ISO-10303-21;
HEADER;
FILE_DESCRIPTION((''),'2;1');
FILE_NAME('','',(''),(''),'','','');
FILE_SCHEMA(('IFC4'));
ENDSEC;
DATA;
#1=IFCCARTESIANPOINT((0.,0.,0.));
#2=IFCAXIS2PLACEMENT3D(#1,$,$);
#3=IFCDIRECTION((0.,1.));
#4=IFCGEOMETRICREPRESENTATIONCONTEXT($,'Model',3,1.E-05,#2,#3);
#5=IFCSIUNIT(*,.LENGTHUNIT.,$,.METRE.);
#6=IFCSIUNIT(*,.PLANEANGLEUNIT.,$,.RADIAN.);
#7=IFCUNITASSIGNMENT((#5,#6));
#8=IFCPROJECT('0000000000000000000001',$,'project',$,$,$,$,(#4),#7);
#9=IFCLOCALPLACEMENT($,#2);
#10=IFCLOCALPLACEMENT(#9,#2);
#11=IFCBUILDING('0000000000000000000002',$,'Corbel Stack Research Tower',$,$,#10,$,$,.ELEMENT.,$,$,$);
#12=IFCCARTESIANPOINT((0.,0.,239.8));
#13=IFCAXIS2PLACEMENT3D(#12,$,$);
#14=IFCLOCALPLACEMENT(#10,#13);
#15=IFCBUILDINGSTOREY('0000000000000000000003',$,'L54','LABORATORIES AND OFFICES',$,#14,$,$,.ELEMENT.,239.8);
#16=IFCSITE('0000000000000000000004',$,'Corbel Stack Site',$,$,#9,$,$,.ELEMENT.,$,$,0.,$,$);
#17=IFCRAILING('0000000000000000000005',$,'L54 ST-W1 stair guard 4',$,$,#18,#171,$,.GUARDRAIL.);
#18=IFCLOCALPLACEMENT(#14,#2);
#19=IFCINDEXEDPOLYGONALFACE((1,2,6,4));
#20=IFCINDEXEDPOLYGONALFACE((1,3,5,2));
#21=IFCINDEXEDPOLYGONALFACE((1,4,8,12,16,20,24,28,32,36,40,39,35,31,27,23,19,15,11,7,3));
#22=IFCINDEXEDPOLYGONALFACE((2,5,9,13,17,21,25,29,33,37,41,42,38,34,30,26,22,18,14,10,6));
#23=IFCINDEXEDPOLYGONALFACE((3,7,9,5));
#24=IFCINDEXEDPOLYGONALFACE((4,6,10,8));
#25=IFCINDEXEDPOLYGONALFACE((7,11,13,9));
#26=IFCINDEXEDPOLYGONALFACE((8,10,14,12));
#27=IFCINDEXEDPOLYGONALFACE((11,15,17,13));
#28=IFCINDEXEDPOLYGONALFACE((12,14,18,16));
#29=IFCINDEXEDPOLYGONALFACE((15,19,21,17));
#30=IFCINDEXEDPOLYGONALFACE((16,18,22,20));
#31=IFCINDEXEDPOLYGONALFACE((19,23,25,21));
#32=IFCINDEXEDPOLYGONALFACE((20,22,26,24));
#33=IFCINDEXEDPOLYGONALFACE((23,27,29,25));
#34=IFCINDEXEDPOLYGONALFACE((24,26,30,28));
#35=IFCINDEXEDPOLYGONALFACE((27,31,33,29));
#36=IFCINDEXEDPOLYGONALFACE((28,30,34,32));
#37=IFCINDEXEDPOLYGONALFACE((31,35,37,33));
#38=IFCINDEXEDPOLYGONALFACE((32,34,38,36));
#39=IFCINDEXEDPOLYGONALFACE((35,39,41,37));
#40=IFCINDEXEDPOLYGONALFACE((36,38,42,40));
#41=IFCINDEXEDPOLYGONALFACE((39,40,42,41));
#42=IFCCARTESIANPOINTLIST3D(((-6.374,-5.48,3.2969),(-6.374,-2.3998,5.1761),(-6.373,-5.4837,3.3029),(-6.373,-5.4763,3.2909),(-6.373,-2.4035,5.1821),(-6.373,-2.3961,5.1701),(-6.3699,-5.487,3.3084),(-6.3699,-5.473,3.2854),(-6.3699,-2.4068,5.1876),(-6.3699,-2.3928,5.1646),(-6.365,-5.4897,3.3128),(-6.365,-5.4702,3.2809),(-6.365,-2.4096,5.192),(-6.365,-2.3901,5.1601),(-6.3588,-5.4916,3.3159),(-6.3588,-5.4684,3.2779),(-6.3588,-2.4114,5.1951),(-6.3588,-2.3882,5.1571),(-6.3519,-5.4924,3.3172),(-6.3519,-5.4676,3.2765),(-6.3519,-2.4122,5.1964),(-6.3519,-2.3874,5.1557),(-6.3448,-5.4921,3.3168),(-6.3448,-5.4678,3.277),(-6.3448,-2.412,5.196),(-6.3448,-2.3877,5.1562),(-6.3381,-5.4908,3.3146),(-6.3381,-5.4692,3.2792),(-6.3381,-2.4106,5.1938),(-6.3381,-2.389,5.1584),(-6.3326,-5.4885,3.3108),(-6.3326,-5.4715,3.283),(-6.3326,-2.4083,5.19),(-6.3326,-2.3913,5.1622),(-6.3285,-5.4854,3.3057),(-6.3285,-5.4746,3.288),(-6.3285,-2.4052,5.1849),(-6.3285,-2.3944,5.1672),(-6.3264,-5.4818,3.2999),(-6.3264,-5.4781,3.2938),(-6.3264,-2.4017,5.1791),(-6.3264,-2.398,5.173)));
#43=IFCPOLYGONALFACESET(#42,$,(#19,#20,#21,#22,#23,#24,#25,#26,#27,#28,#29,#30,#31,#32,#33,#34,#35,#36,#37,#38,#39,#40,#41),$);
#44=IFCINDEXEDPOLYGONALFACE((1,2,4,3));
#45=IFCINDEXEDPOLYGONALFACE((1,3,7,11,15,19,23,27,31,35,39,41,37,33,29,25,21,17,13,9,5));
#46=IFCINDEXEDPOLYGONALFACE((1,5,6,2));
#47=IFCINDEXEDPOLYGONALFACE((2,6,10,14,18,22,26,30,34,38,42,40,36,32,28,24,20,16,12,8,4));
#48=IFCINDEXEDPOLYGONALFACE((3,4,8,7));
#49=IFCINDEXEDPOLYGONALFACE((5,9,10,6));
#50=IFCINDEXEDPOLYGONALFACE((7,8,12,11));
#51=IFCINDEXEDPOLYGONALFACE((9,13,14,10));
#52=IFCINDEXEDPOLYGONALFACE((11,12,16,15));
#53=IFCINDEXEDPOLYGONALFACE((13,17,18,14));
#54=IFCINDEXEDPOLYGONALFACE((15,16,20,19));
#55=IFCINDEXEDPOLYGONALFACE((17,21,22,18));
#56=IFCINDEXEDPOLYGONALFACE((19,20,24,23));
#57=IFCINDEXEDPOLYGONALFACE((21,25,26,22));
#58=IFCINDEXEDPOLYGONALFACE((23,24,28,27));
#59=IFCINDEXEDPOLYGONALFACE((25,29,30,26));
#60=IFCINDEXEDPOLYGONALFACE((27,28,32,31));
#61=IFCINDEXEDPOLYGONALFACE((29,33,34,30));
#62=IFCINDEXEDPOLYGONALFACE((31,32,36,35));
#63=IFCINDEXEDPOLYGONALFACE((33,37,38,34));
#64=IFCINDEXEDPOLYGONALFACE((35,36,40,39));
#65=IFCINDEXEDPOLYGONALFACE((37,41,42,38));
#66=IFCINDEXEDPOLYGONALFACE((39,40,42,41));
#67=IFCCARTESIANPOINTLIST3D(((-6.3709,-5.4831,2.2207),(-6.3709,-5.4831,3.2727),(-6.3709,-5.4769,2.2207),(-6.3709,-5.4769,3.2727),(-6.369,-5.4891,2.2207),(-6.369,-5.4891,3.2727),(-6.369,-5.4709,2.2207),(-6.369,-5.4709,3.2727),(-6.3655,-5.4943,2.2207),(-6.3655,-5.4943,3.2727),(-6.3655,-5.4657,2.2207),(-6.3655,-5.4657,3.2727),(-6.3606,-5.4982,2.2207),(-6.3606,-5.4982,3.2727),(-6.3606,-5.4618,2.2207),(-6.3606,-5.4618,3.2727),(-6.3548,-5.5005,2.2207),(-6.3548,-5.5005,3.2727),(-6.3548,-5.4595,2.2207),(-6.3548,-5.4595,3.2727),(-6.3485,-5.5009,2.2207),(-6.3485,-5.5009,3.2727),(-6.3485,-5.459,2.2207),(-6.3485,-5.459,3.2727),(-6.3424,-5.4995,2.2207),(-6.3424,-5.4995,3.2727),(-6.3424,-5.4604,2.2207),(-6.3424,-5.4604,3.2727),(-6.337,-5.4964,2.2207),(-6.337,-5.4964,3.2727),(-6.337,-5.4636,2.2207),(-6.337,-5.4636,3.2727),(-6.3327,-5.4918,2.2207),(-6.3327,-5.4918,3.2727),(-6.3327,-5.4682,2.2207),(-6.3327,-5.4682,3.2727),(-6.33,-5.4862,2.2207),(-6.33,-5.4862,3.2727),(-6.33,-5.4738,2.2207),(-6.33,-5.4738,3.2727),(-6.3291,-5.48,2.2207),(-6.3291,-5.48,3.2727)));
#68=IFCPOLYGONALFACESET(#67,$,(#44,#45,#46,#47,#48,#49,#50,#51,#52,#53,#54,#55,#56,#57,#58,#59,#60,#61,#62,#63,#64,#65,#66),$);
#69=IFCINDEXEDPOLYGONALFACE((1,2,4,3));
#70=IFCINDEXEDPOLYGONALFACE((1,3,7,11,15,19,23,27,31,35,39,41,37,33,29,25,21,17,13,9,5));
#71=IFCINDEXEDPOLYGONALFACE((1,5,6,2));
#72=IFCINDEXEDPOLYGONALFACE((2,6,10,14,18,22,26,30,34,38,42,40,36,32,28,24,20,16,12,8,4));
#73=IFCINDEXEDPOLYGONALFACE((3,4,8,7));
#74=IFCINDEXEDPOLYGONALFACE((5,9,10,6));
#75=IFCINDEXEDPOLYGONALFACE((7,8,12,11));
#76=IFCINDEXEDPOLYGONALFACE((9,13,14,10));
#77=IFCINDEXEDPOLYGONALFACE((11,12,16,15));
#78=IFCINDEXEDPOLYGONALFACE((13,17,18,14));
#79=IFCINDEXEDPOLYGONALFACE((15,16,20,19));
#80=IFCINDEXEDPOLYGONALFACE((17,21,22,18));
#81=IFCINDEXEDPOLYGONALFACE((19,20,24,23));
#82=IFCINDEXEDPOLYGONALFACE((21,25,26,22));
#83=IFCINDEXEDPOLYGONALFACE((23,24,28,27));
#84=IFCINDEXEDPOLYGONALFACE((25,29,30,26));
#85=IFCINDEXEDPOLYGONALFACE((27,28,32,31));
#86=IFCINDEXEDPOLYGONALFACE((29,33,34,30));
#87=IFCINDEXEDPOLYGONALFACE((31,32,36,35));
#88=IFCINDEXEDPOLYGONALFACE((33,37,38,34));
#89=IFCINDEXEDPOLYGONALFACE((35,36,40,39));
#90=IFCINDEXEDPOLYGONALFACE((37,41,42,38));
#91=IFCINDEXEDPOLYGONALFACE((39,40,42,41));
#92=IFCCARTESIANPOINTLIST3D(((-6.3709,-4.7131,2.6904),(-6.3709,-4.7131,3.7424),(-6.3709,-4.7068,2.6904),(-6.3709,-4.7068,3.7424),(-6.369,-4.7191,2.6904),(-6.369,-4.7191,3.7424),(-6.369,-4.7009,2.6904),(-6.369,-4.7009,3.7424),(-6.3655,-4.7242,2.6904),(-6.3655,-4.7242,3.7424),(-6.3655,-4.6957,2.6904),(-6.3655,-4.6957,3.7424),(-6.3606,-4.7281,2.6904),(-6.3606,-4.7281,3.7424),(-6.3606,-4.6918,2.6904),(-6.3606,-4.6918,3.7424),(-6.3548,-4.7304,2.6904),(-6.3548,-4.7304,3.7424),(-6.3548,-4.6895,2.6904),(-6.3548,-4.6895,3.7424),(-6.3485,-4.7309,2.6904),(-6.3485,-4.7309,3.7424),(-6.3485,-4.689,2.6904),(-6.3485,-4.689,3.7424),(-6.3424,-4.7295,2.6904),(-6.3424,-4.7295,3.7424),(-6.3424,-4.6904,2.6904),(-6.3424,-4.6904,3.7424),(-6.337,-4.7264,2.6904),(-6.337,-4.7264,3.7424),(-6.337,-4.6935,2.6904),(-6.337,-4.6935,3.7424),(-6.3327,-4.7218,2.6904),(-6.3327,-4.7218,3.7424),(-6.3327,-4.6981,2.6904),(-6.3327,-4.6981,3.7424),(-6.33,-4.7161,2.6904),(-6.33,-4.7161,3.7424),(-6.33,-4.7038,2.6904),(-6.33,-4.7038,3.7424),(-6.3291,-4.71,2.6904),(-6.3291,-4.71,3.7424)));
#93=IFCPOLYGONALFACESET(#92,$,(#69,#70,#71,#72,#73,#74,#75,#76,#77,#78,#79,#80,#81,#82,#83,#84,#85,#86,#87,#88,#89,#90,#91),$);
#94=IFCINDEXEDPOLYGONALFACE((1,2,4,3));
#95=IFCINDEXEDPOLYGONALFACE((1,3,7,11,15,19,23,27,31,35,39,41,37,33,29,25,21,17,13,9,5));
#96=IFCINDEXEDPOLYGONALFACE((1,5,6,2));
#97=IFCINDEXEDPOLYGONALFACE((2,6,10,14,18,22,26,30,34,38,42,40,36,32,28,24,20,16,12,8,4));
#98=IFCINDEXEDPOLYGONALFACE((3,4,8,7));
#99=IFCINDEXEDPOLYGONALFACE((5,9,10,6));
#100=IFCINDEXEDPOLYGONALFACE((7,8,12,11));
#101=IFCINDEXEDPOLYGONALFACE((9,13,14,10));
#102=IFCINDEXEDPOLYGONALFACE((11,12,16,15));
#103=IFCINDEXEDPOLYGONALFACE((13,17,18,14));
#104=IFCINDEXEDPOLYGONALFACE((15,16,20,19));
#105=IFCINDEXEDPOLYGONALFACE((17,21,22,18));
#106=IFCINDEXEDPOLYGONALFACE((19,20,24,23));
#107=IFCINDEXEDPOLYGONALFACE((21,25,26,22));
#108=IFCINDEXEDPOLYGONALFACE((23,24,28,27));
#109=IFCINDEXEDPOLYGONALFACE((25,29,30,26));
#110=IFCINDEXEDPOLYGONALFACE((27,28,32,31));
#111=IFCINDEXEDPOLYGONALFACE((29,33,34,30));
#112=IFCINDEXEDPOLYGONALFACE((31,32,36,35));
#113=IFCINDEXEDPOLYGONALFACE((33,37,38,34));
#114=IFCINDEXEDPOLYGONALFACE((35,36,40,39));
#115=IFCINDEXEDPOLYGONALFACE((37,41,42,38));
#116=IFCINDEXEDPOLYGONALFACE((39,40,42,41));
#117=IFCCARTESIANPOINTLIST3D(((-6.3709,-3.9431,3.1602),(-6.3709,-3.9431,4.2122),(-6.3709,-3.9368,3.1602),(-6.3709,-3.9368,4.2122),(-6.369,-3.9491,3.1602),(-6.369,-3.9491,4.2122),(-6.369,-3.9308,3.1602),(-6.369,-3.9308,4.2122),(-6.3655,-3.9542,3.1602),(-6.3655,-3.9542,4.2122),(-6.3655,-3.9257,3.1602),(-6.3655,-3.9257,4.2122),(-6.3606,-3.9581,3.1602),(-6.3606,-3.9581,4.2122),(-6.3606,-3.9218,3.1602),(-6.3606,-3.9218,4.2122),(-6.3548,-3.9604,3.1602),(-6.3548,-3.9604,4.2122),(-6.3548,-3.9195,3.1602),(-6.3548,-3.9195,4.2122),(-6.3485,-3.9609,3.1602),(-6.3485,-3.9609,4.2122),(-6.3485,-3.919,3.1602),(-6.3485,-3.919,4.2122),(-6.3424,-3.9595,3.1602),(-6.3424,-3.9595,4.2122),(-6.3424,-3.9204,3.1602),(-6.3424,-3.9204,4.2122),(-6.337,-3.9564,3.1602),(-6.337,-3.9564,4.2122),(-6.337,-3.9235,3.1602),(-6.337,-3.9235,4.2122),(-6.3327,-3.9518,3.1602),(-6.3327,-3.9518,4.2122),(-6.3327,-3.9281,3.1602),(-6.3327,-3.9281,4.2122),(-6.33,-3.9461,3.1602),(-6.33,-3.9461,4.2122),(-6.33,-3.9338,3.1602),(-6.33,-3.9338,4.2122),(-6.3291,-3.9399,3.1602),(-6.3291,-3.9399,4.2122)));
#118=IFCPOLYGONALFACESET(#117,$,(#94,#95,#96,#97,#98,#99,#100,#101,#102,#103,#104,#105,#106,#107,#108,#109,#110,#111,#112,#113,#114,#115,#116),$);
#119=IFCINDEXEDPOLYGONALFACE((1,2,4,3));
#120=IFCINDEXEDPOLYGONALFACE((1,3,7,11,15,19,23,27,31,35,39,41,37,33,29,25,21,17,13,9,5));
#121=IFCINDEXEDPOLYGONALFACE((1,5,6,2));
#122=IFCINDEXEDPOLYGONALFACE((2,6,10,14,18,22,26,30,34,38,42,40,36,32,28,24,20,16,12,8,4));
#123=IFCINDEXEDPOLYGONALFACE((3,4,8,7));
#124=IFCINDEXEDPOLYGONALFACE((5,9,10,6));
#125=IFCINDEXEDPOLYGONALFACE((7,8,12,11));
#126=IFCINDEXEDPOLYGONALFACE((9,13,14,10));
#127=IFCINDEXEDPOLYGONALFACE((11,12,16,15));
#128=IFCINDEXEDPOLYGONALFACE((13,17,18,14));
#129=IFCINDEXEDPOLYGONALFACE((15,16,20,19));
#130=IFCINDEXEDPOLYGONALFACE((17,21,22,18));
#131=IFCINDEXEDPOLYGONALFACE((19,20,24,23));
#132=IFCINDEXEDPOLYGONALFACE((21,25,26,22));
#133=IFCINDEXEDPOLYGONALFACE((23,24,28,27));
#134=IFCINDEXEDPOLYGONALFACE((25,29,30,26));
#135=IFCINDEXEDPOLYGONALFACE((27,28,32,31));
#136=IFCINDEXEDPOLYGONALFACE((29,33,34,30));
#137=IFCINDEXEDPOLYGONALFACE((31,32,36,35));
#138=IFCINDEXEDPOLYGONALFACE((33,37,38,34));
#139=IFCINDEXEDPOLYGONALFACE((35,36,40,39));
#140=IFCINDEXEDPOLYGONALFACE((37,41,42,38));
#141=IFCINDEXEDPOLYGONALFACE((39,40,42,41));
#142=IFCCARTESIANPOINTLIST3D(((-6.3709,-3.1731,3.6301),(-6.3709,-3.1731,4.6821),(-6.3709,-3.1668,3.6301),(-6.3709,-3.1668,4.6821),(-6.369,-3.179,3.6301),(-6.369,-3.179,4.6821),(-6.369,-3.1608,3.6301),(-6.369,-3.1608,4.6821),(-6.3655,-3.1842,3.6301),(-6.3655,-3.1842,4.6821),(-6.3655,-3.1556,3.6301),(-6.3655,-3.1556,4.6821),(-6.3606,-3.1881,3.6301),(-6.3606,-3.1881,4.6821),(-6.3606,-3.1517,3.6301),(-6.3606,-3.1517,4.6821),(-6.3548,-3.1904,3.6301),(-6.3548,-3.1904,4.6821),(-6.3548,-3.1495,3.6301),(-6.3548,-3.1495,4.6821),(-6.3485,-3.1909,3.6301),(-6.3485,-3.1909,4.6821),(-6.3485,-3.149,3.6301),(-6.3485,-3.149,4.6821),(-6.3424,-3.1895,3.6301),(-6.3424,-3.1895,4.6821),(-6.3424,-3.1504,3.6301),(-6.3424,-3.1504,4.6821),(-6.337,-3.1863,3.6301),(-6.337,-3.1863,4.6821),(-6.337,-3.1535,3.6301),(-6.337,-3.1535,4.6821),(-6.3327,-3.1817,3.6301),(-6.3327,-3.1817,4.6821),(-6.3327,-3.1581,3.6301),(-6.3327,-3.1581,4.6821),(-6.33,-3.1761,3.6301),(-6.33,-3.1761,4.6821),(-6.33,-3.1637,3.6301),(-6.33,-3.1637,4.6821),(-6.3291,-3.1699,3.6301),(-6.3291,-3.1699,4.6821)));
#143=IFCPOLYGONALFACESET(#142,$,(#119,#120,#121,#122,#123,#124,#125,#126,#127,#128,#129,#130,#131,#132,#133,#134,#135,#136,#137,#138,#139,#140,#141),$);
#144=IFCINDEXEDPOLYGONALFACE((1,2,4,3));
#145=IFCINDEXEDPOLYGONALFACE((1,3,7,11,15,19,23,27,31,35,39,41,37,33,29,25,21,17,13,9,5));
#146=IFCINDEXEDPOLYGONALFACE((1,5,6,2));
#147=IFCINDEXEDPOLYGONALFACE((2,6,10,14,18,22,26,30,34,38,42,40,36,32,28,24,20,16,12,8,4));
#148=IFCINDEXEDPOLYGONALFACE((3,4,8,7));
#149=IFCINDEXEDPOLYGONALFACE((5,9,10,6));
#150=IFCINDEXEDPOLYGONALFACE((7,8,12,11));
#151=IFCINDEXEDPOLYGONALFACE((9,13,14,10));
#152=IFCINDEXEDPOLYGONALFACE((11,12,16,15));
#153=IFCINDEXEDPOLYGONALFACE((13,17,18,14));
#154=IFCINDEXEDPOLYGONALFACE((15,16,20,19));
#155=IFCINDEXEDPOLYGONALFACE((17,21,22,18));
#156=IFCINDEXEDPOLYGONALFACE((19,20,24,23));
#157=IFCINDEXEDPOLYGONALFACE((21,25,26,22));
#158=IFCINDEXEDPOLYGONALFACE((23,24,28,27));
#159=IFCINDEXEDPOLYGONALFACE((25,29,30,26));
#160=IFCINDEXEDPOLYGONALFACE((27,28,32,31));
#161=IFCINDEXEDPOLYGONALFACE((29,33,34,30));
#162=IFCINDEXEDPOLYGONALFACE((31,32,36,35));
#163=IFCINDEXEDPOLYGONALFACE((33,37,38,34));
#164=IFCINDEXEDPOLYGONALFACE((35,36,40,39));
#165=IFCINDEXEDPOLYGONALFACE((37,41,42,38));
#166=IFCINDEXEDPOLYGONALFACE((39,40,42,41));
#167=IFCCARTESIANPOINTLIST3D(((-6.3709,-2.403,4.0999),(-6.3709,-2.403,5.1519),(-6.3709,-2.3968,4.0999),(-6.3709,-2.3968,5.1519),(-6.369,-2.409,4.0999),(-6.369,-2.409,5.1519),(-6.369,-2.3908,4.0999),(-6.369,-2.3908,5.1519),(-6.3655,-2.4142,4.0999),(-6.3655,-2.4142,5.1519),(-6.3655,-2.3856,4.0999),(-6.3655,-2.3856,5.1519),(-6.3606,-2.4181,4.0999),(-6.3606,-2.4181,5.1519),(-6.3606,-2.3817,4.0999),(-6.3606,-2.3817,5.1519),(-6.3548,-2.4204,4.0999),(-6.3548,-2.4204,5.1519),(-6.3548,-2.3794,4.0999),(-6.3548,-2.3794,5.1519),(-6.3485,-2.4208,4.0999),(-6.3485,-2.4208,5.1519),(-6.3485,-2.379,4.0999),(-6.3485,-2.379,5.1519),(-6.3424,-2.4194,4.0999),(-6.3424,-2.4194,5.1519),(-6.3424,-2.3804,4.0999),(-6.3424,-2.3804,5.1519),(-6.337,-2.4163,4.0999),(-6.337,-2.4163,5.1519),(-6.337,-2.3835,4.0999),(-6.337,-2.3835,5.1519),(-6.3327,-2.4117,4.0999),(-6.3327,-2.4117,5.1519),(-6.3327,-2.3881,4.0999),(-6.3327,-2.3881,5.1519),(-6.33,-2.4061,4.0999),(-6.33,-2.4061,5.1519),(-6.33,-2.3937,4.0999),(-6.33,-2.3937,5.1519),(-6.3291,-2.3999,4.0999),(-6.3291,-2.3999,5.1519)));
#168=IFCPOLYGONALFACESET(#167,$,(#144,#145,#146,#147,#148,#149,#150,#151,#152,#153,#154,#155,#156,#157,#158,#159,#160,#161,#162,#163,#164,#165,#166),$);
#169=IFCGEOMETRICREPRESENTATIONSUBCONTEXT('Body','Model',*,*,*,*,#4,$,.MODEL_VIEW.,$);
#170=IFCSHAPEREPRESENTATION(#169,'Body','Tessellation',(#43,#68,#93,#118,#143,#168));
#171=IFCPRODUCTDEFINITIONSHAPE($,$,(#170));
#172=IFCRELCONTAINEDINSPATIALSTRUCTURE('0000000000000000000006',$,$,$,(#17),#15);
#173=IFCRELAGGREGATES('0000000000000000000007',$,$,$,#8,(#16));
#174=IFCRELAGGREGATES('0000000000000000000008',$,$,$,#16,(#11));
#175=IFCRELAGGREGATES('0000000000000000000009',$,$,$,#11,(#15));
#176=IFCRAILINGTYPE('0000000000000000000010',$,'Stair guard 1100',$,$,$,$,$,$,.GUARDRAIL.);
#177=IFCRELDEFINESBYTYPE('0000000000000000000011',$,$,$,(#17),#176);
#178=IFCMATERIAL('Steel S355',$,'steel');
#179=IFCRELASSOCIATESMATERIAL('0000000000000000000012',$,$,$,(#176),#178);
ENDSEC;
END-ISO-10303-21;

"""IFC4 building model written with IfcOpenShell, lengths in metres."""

from ifc_helpers import new_model, si_unit, direction, frame, origin, origin_2d, place, context, subcontext, project, spatial, circle, extrude, material, type_object, element, save


model = new_model("IFC4")

# Units and contexts
model_context = context("Model", 3, precision=1e-05, world=origin(), true_north=direction((0.0, 1.0)))
body_context = subcontext(model_context, "Body", "Model", "MODEL_VIEW")
ifc_project = project(units=[si_unit("LENGTHUNIT", "METRE"), si_unit("PLANEANGLEUNIT", "RADIAN")], contexts=[model_context])

# Site, building, storey
site_placement = place(None, origin())
site = spatial("IfcSite", under=ifc_project, at=site_placement, Name="Corbel Stack Site", CompositionType="ELEMENT", RefElevation=0.0)
building_placement = place(site_placement, origin())
building = spatial("IfcBuilding", under=site, at=building_placement, Name="Corbel Stack Research Tower", CompositionType="ELEMENT")
storey_placement = place(building_placement, frame((0.0, 0.0, 239.8)))
storey = spatial("IfcBuildingStorey", under=building, at=storey_placement, Name="L54", Description="LABORATORIES AND OFFICES", CompositionType="ELEMENT", Elevation=239.8)

# Railing
ifc_material_1 = material(Name="Steel S355", Category="steel")
railing_type = type_object("IfcRailingType", Name="Stair guard 1100", PredefinedType="GUARDRAIL", material=ifc_material_1)
railing_1_placement = place(storey_placement, frame((-6.3501, -5.48, 2.2207)))
element("IfcRailing", 1, at=railing_1_placement, inside=storey, type_object=railing_type, Name="L54 ST-W1 stair guard 4", PredefinedType="GUARDRAIL", context=body_context, shape_type="SweptSolid", body=[
    extrude(circle(Radius=0.0239, at=origin_2d()), frame((0.0, 0.0, 1.0762), z_axis=(0.0, 0.853666, 0.52082), x_axis=(-1.0, 0.0, 0.0)), (0.0, 0.0, 1.0), 3.6082),
    extrude(circle(Radius=0.021, at=origin_2d()), origin(), (0.0, 0.0, 1.0), 1.052),
    extrude(circle(Radius=0.021, at=origin_2d()), frame((0.0, 0.77, 0.4697)), (0.0, 0.0, 1.0), 1.052),
    extrude(circle(Radius=0.021, at=origin_2d()), frame((0.0, 1.54, 0.9395)), (0.0, 0.0, 1.0), 1.052),
    extrude(circle(Radius=0.021, at=origin_2d()), frame((0.0, 2.3101, 1.4094)), (0.0, 0.0, 1.0), 1.052),
    extrude(circle(Radius=0.021, at=origin_2d()), frame((0.0, 3.0801, 1.8792)), (0.0, 0.0, 1.0), 1.052),
])

save(model, "model.ifc")
